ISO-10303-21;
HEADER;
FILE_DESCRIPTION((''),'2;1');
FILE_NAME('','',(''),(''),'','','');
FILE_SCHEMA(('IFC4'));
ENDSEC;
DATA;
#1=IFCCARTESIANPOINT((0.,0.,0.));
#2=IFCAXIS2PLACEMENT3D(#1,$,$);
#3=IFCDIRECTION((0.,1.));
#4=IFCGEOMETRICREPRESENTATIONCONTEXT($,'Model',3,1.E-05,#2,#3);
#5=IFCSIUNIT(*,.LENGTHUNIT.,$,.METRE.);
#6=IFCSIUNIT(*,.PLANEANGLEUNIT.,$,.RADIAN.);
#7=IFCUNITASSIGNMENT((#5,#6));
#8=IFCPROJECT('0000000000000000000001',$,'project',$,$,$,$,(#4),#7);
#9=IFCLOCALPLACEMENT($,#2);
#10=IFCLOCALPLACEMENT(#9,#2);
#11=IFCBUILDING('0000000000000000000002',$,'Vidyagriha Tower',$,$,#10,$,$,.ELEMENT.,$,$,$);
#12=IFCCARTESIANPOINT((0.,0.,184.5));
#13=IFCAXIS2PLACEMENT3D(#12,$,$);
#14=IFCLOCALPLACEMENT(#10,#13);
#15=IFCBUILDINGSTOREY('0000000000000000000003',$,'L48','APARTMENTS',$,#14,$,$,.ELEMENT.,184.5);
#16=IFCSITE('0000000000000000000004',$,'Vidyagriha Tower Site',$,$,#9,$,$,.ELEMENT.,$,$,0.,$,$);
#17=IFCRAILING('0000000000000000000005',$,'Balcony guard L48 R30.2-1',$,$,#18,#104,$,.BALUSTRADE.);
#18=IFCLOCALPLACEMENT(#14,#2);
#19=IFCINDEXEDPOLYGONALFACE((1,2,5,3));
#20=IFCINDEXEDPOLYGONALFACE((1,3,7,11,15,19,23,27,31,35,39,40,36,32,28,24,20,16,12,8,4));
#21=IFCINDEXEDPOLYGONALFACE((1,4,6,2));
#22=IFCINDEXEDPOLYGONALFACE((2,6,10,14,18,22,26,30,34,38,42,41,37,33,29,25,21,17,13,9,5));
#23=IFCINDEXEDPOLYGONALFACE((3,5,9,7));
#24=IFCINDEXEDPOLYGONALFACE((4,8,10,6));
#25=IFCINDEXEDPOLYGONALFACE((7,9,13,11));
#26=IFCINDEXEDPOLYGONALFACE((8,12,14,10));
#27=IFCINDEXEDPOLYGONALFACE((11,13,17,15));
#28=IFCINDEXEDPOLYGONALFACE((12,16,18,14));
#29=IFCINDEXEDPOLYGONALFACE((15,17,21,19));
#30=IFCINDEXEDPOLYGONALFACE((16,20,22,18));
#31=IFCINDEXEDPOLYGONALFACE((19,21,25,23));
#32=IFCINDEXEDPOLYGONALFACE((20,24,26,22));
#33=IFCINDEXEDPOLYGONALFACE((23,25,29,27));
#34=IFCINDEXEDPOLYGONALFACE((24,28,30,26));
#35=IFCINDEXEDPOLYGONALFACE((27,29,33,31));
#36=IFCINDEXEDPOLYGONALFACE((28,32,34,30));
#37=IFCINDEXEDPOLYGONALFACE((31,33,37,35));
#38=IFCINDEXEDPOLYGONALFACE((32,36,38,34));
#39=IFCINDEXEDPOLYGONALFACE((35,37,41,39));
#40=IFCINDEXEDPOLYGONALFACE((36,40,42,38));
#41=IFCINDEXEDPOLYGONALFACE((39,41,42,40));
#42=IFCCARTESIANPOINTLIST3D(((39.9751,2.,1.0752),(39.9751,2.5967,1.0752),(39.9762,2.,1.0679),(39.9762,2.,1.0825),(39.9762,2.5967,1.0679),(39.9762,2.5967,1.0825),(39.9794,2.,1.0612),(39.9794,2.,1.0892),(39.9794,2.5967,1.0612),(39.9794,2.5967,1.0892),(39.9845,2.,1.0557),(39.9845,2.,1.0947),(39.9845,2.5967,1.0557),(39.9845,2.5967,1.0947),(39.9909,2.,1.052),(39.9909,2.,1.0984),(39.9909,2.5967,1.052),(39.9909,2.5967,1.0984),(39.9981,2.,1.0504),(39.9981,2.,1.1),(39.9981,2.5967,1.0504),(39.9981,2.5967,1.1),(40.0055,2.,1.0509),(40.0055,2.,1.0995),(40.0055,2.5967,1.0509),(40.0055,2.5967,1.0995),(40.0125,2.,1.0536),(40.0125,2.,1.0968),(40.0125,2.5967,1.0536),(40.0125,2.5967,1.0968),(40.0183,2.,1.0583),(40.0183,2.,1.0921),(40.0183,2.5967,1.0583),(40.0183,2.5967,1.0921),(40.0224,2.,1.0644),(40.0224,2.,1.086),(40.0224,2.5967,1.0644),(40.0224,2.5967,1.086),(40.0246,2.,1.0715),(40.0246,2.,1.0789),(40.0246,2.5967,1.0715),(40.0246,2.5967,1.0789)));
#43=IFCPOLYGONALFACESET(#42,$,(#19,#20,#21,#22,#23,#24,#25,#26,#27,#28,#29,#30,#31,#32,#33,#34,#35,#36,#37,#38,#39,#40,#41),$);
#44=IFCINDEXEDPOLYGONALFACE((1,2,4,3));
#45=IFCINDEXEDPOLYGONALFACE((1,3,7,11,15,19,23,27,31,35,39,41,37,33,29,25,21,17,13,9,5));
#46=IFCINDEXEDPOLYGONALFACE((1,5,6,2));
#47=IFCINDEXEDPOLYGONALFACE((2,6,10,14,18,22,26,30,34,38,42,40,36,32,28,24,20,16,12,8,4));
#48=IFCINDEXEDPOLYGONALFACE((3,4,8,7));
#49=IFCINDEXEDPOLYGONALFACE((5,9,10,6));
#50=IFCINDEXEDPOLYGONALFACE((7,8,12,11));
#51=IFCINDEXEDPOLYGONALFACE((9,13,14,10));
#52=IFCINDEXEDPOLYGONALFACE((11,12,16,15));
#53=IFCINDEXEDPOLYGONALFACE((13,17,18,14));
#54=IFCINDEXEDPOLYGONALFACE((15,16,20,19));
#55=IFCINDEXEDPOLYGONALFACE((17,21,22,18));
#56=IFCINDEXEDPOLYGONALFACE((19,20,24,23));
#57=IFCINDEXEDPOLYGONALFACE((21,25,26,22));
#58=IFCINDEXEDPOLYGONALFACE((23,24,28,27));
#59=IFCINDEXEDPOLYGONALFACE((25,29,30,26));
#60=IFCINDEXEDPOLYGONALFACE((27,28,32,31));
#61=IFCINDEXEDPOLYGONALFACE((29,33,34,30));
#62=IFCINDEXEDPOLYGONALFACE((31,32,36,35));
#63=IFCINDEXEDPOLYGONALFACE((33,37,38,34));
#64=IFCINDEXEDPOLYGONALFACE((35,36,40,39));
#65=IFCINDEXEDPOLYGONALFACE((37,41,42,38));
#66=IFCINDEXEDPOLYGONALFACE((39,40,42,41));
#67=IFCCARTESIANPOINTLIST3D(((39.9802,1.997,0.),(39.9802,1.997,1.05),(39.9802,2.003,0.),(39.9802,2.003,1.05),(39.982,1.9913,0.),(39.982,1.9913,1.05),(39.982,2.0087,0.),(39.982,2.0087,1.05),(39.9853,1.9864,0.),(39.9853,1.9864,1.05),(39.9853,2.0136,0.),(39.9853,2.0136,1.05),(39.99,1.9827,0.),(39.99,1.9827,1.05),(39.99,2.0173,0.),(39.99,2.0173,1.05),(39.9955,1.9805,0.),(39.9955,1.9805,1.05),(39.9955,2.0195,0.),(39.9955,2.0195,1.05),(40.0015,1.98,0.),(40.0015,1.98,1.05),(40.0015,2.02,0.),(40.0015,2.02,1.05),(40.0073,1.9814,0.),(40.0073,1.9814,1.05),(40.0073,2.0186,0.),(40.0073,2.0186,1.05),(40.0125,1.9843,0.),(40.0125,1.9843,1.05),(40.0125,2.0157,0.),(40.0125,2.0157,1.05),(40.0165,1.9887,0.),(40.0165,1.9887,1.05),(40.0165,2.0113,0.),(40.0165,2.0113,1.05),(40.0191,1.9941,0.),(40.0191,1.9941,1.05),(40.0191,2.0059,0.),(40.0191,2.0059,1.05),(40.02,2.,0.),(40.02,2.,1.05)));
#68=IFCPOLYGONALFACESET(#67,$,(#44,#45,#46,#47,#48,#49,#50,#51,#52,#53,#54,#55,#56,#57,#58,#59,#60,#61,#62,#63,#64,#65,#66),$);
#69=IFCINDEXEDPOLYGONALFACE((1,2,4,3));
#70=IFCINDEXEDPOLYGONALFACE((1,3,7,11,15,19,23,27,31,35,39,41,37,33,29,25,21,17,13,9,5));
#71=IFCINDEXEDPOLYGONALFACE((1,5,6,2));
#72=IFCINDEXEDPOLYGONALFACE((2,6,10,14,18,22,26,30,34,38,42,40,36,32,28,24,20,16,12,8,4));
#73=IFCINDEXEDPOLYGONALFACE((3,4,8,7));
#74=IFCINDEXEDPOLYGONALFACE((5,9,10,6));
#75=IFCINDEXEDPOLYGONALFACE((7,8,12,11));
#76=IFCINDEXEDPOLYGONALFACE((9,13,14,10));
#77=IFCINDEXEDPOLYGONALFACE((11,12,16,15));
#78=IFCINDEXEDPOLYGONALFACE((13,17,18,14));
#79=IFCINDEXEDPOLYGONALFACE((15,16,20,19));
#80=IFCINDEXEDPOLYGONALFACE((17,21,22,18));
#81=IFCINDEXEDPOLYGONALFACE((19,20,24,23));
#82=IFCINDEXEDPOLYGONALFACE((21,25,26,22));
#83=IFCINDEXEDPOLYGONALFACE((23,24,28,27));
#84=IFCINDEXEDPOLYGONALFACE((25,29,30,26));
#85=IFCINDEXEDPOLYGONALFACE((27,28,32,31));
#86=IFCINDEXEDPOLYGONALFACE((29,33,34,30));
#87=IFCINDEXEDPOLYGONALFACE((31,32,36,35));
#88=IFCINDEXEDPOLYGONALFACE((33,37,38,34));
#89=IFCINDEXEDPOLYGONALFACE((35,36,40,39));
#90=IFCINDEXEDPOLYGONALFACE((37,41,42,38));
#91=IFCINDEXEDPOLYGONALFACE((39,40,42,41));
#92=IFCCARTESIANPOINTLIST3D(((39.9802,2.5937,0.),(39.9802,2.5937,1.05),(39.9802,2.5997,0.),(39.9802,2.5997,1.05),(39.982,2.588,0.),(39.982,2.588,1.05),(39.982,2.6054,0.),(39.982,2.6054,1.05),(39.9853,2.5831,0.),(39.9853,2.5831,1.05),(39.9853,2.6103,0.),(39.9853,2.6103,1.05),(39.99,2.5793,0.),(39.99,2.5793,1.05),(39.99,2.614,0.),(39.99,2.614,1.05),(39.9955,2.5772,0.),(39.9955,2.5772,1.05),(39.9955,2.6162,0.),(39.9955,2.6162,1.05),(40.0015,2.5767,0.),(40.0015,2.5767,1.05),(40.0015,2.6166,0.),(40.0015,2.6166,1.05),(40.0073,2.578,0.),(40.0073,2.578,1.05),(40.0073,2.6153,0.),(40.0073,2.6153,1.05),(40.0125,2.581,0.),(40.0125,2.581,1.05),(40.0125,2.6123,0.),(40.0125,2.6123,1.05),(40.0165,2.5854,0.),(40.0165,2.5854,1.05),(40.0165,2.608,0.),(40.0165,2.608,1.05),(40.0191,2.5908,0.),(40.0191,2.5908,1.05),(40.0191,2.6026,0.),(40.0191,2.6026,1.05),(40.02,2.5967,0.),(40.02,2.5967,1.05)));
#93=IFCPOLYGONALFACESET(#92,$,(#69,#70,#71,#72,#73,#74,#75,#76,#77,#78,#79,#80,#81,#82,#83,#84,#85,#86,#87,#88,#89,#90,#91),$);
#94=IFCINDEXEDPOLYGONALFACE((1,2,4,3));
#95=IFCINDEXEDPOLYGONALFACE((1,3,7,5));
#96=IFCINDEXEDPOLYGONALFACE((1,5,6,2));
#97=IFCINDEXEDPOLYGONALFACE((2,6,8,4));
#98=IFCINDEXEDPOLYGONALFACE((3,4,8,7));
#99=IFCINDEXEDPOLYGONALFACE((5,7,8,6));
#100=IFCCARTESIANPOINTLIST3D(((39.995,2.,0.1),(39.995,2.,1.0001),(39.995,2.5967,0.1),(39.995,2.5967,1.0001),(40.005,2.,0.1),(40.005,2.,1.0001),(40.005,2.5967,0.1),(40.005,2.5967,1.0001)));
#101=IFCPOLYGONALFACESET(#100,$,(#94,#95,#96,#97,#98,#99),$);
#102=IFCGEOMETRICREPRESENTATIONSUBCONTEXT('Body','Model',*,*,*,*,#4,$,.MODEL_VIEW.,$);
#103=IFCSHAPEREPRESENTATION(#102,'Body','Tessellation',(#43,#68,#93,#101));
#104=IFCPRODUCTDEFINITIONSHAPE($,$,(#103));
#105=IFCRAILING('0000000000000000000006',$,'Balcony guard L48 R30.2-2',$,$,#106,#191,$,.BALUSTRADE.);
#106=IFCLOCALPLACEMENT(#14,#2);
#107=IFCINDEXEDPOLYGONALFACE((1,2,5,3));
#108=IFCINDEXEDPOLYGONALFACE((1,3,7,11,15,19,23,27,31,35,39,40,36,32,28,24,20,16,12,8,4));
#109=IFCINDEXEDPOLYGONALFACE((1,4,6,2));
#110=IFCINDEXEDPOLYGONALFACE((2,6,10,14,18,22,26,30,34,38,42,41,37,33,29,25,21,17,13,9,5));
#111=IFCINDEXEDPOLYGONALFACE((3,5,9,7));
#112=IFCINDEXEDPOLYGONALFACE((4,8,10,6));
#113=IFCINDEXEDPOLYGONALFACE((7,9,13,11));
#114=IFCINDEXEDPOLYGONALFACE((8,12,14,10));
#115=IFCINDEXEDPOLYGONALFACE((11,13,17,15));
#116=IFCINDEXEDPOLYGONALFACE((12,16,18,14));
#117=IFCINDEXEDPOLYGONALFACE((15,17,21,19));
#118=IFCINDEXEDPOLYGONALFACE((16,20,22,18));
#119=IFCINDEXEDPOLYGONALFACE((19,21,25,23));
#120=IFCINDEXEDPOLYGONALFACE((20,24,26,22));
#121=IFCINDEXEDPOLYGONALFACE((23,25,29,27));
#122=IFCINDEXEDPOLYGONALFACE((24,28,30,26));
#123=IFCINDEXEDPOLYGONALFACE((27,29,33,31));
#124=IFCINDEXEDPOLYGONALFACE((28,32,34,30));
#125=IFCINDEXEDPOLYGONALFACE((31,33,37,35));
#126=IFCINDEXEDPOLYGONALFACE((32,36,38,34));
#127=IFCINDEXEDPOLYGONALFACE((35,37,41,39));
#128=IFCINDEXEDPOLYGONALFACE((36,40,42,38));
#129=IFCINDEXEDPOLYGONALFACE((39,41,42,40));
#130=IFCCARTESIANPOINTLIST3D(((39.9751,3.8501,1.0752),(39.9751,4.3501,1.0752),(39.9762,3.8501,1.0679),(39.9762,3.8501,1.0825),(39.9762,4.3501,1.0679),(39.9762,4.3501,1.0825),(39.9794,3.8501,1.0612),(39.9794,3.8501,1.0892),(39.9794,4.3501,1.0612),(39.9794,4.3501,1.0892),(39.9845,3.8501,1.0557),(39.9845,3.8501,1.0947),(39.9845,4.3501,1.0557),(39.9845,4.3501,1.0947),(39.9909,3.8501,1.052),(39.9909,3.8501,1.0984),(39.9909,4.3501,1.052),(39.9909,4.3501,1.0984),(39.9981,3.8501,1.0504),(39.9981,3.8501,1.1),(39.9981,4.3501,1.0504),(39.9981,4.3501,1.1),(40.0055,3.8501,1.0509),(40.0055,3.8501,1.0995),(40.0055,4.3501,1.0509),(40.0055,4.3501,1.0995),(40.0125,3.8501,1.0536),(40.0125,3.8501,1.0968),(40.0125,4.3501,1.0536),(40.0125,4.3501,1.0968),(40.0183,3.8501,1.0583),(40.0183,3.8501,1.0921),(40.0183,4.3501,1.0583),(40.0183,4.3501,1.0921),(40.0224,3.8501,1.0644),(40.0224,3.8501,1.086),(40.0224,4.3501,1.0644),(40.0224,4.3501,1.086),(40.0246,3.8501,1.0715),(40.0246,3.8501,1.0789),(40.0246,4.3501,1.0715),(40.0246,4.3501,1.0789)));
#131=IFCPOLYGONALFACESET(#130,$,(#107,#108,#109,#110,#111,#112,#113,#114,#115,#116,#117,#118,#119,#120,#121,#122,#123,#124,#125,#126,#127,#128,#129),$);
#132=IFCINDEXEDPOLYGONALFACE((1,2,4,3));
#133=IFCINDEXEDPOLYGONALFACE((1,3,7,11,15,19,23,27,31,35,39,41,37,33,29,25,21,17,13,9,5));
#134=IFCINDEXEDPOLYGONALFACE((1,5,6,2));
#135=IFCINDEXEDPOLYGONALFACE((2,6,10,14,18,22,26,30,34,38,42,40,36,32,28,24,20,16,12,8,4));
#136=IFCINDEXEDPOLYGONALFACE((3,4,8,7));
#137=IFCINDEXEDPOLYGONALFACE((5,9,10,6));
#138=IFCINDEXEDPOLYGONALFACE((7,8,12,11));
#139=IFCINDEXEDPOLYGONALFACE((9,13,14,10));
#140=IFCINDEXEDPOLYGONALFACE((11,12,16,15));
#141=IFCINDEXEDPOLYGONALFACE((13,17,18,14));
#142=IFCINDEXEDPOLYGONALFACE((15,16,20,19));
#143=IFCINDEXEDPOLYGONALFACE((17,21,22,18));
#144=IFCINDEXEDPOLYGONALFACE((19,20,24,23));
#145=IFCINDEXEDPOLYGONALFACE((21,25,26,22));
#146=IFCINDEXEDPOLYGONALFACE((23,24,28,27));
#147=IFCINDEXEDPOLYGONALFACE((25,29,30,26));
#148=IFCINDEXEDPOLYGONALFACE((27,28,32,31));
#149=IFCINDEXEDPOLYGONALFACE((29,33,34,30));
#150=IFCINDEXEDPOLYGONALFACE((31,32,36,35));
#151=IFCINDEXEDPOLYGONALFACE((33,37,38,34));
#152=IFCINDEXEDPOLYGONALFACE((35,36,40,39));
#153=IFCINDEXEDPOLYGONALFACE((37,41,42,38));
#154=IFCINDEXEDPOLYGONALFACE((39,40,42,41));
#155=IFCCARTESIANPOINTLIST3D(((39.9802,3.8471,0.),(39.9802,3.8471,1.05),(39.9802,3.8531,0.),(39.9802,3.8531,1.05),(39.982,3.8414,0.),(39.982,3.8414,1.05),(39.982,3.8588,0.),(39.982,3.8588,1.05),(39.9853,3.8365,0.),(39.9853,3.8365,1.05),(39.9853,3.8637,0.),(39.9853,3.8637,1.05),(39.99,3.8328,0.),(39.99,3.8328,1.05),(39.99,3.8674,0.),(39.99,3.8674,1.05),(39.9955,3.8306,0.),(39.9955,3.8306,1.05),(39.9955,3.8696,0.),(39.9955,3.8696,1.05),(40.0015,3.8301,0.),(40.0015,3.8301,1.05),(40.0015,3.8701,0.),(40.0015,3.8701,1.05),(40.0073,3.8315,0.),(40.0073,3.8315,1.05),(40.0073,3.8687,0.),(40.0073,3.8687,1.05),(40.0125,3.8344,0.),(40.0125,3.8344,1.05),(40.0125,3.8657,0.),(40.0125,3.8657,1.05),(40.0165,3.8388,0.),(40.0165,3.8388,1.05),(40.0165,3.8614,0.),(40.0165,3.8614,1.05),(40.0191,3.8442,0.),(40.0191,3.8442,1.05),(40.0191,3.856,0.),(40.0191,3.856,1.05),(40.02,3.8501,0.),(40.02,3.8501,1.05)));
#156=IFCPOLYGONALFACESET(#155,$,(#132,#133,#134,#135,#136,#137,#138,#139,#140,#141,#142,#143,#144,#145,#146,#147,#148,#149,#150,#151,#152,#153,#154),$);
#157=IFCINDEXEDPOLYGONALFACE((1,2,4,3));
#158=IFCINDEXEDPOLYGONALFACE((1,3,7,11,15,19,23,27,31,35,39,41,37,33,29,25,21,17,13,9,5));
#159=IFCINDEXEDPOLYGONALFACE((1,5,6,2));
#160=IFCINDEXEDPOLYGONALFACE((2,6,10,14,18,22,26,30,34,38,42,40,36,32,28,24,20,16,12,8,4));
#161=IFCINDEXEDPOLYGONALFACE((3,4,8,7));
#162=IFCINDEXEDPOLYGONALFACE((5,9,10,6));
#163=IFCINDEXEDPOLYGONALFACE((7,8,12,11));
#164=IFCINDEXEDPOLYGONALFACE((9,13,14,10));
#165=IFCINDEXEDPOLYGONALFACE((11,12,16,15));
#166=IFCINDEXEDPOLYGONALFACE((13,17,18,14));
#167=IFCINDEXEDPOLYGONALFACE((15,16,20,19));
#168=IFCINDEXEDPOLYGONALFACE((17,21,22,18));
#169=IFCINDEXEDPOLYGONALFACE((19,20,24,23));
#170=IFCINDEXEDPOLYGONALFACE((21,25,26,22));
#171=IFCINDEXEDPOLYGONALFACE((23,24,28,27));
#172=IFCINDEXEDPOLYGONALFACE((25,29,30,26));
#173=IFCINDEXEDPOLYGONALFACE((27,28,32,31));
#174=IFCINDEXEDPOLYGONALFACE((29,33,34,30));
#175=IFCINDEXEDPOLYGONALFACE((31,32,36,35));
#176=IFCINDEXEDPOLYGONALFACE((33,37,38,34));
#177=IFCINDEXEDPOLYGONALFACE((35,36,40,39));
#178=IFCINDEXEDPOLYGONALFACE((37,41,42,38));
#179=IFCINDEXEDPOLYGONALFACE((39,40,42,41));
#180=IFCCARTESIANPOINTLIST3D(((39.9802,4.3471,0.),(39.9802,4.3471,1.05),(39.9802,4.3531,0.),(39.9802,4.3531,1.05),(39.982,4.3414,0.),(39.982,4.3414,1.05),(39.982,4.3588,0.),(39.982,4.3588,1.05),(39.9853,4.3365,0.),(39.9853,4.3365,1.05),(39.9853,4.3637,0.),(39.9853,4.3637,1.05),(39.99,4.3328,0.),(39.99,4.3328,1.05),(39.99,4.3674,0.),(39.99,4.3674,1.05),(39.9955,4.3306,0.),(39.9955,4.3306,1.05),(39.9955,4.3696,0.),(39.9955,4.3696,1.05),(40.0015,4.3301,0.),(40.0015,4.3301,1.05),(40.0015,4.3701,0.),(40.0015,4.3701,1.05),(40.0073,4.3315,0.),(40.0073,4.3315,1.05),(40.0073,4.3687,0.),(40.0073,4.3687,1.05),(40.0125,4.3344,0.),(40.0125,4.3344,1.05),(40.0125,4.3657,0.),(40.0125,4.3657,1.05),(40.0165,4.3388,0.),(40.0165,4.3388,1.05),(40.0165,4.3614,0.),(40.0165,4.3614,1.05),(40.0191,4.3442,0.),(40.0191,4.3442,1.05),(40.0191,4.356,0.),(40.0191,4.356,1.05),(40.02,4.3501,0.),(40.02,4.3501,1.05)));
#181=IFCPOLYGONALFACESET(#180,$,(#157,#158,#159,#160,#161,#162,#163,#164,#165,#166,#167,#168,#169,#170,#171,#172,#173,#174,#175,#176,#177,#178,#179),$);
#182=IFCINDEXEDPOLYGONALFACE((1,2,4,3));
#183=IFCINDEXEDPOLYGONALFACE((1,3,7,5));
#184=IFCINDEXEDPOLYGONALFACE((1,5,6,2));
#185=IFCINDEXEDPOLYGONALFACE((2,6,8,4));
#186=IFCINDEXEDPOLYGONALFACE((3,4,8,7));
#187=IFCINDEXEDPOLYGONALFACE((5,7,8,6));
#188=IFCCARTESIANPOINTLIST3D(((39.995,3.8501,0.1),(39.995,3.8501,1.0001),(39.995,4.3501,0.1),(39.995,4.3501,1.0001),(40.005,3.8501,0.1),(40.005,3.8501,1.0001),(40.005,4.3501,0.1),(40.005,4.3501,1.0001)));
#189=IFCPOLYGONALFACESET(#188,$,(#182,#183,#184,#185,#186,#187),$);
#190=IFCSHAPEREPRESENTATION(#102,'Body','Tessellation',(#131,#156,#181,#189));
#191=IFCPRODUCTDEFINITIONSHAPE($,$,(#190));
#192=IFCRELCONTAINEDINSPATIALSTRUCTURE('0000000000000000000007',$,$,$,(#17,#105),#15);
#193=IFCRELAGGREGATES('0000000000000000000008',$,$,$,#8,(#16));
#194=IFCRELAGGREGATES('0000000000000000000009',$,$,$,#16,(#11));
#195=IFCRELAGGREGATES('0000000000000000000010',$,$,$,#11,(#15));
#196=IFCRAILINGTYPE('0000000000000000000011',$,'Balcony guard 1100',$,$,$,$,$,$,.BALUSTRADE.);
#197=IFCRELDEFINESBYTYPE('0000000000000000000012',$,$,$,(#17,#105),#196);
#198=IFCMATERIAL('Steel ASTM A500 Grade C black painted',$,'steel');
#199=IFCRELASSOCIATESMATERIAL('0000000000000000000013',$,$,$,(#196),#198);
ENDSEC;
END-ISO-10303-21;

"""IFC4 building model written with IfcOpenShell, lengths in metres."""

from ifc_helpers import new_model, si_unit, direction, frame, origin, origin_2d, place, context, subcontext, project, spatial, rectangle, circle, extrude, material, type_object, element, save


model = new_model("IFC4")

# Units and contexts
model_context = context("Model", 3, precision=1e-05, world=origin(), true_north=direction((0.0, 1.0)))
body_context = subcontext(model_context, "Body", "Model", "MODEL_VIEW")
ifc_project = project(units=[si_unit("LENGTHUNIT", "METRE"), si_unit("PLANEANGLEUNIT", "RADIAN")], contexts=[model_context])

# Site, building, storey
site_placement = place(None, origin())
site = spatial("IfcSite", under=ifc_project, at=site_placement, Name="Vidyagriha Tower Site", CompositionType="ELEMENT", RefElevation=0.0)
building_placement = place(site_placement, origin())
building = spatial("IfcBuilding", under=site, at=building_placement, Name="Vidyagriha Tower", CompositionType="ELEMENT")
storey_placement = place(building_placement, frame((0.0, 0.0, 184.5)))
storey = spatial("IfcBuildingStorey", under=building, at=storey_placement, Name="L48", Description="APARTMENTS", CompositionType="ELEMENT", Elevation=184.5)

# Railings
ifc_material_1 = material(Name="Steel ASTM A500 Grade C black painted", Category="steel")
railing_type_1 = type_object("IfcRailingType", Name="Balcony guard 1100", PredefinedType="BALUSTRADE", material=ifc_material_1)
railing_1_placement = place(storey_placement, frame((40.0, 2.0, 0.0)))
element("IfcRailing", 1, at=railing_1_placement, inside=storey, type_object=railing_type_1, Name="Balcony guard L48 R30.2-1", PredefinedType="BALUSTRADE", context=body_context, shape_type="SweptSolid", body=[
    extrude(circle(Radius=0.0249, at=origin_2d()), frame((0.0, 0.0, 1.0752), z_axis=(0.0, 1.0, 0.0), x_axis=(-1.0, 0.0, 0.0)), (0.0, 0.0, 1.0), 0.5967),
    extrude(circle(Radius=0.02, at=origin_2d()), origin(), (0.0, 0.0, 1.0), 1.05),
    extrude(circle(Radius=0.02, at=origin_2d()), frame((0.0, 0.5967, 0.0)), (0.0, 0.0, 1.0), 1.05),
    extrude(rectangle(XDim=0.01, YDim=0.9001, at=origin_2d()), frame((0.0, 0.0, 0.55), z_axis=(0.0, 1.0, 0.0), x_axis=(-1.0, 0.0, 0.0)), (0.0, 0.0, 1.0), 0.5967),
])
railing_2_placement = place(storey_placement, frame((40.0, 3.8501, 0.0)))
element("IfcRailing", 2, at=railing_2_placement, inside=storey, type_object=railing_type_1, Name="Balcony guard L48 R30.2-2", PredefinedType="BALUSTRADE", context=body_context, shape_type="SweptSolid", body=[
    extrude(circle(Radius=0.0249, at=origin_2d()), frame((0.0, 0.0, 1.0752), z_axis=(0.0, 1.0, 0.0), x_axis=(-1.0, 0.0, 0.0)), (0.0, 0.0, 1.0), 0.5),
    extrude(circle(Radius=0.02, at=origin_2d()), origin(), (0.0, 0.0, 1.0), 1.05),
    extrude(circle(Radius=0.02, at=origin_2d()), frame((0.0, 0.5, 0.0)), (0.0, 0.0, 1.0), 1.05),
    extrude(rectangle(XDim=0.01, YDim=0.9001, at=origin_2d()), frame((0.0, 0.0, 0.55), z_axis=(0.0, 1.0, 0.0), x_axis=(-1.0, 0.0, 0.0)), (0.0, 0.0, 1.0), 0.5),
])

save(model, "model.ifc")
